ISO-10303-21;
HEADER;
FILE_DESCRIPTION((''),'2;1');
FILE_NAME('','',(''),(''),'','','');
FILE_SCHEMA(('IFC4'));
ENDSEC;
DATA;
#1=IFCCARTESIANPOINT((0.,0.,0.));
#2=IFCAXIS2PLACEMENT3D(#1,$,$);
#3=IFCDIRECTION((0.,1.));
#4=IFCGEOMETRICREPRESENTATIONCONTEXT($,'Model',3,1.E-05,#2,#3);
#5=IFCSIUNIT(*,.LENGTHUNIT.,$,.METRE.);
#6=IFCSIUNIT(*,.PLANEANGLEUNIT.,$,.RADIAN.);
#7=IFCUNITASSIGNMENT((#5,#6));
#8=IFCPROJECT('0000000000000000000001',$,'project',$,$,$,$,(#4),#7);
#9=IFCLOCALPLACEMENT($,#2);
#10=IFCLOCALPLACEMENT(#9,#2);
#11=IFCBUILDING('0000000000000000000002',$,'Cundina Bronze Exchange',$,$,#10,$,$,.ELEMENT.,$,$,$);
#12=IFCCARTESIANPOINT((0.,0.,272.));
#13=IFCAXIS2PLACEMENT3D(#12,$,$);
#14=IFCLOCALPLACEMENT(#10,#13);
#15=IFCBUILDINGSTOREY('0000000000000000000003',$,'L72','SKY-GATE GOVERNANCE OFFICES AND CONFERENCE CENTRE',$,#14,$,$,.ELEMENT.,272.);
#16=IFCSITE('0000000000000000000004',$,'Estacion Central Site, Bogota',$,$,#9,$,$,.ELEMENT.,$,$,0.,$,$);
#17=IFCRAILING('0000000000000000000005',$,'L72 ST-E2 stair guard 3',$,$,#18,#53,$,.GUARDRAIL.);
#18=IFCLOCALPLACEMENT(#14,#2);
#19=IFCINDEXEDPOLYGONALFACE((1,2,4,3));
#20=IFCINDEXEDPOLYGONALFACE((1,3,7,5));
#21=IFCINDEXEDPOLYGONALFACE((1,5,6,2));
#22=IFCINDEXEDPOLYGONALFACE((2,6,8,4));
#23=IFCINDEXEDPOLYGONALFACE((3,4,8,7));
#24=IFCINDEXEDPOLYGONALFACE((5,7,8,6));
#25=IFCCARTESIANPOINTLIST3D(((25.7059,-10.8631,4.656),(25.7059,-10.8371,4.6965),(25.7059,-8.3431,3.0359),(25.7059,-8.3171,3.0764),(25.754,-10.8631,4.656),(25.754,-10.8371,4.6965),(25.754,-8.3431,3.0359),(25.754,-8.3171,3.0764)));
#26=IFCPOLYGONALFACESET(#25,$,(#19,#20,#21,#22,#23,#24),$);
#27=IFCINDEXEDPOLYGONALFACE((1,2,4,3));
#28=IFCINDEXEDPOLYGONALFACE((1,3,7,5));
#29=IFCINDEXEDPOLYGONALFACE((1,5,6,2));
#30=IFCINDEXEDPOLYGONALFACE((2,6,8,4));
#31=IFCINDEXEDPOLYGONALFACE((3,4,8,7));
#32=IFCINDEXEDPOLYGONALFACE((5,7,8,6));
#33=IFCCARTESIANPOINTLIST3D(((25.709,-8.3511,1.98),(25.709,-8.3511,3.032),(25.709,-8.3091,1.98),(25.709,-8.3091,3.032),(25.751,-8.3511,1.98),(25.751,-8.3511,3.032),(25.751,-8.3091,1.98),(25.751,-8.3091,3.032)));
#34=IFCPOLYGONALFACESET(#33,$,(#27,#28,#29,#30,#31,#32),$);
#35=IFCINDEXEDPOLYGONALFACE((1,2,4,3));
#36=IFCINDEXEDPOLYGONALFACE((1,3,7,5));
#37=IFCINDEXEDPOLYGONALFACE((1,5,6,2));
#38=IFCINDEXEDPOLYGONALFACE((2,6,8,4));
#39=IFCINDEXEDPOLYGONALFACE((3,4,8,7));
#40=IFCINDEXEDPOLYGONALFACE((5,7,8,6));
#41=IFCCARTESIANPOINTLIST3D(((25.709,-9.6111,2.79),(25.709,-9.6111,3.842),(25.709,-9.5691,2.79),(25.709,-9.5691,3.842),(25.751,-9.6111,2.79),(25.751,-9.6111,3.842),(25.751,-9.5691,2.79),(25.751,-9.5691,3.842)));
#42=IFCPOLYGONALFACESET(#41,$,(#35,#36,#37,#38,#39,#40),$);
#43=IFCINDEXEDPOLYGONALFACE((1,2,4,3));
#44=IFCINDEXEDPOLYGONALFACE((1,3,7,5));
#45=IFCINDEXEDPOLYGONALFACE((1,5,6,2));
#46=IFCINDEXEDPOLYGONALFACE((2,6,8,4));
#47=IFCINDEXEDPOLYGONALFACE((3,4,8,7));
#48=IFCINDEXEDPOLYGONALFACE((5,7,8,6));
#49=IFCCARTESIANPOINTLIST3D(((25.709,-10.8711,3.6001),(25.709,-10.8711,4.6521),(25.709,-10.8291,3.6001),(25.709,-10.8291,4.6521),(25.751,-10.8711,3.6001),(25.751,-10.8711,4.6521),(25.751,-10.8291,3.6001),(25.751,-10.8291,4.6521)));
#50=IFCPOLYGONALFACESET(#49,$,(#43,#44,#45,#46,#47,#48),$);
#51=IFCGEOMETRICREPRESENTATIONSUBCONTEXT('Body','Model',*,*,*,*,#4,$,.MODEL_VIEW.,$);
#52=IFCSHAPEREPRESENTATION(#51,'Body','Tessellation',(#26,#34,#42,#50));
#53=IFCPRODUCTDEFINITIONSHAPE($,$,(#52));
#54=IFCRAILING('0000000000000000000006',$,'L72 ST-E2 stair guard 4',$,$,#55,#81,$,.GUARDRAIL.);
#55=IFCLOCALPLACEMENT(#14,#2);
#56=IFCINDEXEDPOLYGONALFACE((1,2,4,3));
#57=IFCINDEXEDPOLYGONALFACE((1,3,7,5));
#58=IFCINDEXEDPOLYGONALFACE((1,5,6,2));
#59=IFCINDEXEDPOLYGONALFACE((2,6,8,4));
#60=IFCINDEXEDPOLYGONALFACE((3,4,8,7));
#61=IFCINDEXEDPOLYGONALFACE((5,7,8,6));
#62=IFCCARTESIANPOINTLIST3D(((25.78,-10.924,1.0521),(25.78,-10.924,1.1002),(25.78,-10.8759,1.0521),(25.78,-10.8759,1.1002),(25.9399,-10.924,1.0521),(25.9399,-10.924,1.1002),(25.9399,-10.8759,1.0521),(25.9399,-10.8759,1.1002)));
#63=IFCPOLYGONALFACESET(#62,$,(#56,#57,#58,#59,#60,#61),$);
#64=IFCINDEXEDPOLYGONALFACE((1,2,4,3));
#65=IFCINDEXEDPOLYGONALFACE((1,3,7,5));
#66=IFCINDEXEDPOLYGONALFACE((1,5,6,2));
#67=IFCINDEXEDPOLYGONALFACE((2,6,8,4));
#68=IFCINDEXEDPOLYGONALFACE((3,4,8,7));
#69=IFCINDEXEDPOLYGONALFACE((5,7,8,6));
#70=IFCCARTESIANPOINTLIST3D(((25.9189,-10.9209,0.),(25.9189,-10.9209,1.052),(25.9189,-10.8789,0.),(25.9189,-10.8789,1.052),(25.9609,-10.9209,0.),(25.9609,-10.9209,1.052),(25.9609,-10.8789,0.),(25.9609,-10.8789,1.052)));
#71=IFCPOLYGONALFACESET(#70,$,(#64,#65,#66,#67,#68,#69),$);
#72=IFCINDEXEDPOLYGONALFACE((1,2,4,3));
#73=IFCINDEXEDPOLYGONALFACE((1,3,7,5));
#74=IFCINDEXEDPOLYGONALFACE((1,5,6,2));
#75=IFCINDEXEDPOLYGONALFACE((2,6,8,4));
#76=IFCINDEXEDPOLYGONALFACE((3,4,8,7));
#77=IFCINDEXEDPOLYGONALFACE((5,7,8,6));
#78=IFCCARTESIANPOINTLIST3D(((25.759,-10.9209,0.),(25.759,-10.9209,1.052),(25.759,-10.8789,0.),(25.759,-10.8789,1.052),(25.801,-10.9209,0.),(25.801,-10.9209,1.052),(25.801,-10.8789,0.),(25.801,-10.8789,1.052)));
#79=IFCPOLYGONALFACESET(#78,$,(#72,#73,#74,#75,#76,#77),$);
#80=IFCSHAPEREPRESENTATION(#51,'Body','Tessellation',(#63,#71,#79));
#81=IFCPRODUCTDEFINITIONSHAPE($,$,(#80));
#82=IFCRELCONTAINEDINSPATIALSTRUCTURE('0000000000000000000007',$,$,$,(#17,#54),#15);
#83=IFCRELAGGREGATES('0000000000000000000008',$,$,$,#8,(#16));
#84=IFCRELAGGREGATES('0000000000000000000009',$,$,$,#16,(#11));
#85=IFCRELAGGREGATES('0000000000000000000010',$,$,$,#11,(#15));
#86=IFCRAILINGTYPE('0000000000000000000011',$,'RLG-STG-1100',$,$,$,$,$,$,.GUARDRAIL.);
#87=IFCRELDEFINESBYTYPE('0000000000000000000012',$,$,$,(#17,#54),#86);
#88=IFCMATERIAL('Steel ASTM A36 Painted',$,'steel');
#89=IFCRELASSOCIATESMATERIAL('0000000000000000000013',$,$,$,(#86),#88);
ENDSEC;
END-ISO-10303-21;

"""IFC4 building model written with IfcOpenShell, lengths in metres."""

from ifc_helpers import new_model, si_unit, direction, frame, origin, origin_2d, place, context, subcontext, project, spatial, rectangle, extrude, material, type_object, element, save


model = new_model("IFC4")

# Units and contexts
model_context = context("Model", 3, precision=1e-05, world=origin(), true_north=direction((0.0, 1.0)))
body_context = subcontext(model_context, "Body", "Model", "MODEL_VIEW")
ifc_project = project(units=[si_unit("LENGTHUNIT", "METRE"), si_unit("PLANEANGLEUNIT", "RADIAN")], contexts=[model_context])

# Site, building, storey
site_placement = place(None, origin())
site = spatial("IfcSite", under=ifc_project, at=site_placement, Name="Estacion Central Site, Bogota", CompositionType="ELEMENT", RefElevation=0.0)
building_placement = place(site_placement, origin())
building = spatial("IfcBuilding", under=site, at=building_placement, Name="Cundina Bronze Exchange", CompositionType="ELEMENT")
storey_placement = place(building_placement, frame((0.0, 0.0, 272.0)))
storey = spatial("IfcBuildingStorey", under=building, at=storey_placement, Name="L72", Description="SKY-GATE GOVERNANCE OFFICES AND CONFERENCE CENTRE", CompositionType="ELEMENT", Elevation=272.0)

# Shared definitions
ifc_material_1 = material(Name="Steel ASTM A36 Painted", Category="steel")

# Railings
railing_type_1 = type_object("IfcRailingType", Name="RLG-STG-1100", PredefinedType="GUARDRAIL", material=ifc_material_1)
railing_1_placement = place(storey_placement, frame((25.73, -8.3301, 1.98)))
element("IfcRailing", 1, at=railing_1_placement, inside=storey, type_object=railing_type_1, Name="L72 ST-E2 stair guard 3", PredefinedType="GUARDRAIL", context=body_context, shape_type="SweptSolid", body=[
    extrude(rectangle(XDim=0.0481, YDim=0.0481, at=origin_2d()), frame((0.0, 0.0, 1.0762), z_axis=(0.0, -0.841163, 0.540782), x_axis=(1.0, 0.0, 0.0)), (0.0, 0.0, 1.0), 2.9958),
    extrude(rectangle(XDim=0.042, YDim=0.042, at=origin_2d()), origin(), (0.0, 0.0, 1.0), 1.052),
    extrude(rectangle(XDim=0.042, YDim=0.042, at=origin_2d()), frame((0.0, -1.26, 0.8101)), (0.0, 0.0, 1.0), 1.052),
    extrude(rectangle(XDim=0.042, YDim=0.042, at=origin_2d()), frame((0.0, -2.52, 1.6201)), (0.0, 0.0, 1.0), 1.052),
])
railing_2_placement = place(storey_placement, frame((25.9399, -10.8999, 0.0)))
element("IfcRailing", 2, at=railing_2_placement, inside=storey, type_object=railing_type_1, Name="L72 ST-E2 stair guard 4", PredefinedType="GUARDRAIL", context=body_context, shape_type="SweptSolid", body=[
    extrude(rectangle(XDim=0.0481, YDim=0.0481, at=origin_2d()), frame((0.0, 0.0, 1.0762), z_axis=(-1.0, 0.0, 0.0), x_axis=(0.0, -1.0, 0.0)), (0.0, 0.0, 1.0), 0.1599),
    extrude(rectangle(XDim=0.042, YDim=0.042, at=origin_2d()), origin(), (0.0, 0.0, 1.0), 1.052),
    extrude(rectangle(XDim=0.042, YDim=0.042, at=origin_2d()), frame((-0.1599, 0.0, 0.0)), (0.0, 0.0, 1.0), 1.052),
])

save(model, "model.ifc")
